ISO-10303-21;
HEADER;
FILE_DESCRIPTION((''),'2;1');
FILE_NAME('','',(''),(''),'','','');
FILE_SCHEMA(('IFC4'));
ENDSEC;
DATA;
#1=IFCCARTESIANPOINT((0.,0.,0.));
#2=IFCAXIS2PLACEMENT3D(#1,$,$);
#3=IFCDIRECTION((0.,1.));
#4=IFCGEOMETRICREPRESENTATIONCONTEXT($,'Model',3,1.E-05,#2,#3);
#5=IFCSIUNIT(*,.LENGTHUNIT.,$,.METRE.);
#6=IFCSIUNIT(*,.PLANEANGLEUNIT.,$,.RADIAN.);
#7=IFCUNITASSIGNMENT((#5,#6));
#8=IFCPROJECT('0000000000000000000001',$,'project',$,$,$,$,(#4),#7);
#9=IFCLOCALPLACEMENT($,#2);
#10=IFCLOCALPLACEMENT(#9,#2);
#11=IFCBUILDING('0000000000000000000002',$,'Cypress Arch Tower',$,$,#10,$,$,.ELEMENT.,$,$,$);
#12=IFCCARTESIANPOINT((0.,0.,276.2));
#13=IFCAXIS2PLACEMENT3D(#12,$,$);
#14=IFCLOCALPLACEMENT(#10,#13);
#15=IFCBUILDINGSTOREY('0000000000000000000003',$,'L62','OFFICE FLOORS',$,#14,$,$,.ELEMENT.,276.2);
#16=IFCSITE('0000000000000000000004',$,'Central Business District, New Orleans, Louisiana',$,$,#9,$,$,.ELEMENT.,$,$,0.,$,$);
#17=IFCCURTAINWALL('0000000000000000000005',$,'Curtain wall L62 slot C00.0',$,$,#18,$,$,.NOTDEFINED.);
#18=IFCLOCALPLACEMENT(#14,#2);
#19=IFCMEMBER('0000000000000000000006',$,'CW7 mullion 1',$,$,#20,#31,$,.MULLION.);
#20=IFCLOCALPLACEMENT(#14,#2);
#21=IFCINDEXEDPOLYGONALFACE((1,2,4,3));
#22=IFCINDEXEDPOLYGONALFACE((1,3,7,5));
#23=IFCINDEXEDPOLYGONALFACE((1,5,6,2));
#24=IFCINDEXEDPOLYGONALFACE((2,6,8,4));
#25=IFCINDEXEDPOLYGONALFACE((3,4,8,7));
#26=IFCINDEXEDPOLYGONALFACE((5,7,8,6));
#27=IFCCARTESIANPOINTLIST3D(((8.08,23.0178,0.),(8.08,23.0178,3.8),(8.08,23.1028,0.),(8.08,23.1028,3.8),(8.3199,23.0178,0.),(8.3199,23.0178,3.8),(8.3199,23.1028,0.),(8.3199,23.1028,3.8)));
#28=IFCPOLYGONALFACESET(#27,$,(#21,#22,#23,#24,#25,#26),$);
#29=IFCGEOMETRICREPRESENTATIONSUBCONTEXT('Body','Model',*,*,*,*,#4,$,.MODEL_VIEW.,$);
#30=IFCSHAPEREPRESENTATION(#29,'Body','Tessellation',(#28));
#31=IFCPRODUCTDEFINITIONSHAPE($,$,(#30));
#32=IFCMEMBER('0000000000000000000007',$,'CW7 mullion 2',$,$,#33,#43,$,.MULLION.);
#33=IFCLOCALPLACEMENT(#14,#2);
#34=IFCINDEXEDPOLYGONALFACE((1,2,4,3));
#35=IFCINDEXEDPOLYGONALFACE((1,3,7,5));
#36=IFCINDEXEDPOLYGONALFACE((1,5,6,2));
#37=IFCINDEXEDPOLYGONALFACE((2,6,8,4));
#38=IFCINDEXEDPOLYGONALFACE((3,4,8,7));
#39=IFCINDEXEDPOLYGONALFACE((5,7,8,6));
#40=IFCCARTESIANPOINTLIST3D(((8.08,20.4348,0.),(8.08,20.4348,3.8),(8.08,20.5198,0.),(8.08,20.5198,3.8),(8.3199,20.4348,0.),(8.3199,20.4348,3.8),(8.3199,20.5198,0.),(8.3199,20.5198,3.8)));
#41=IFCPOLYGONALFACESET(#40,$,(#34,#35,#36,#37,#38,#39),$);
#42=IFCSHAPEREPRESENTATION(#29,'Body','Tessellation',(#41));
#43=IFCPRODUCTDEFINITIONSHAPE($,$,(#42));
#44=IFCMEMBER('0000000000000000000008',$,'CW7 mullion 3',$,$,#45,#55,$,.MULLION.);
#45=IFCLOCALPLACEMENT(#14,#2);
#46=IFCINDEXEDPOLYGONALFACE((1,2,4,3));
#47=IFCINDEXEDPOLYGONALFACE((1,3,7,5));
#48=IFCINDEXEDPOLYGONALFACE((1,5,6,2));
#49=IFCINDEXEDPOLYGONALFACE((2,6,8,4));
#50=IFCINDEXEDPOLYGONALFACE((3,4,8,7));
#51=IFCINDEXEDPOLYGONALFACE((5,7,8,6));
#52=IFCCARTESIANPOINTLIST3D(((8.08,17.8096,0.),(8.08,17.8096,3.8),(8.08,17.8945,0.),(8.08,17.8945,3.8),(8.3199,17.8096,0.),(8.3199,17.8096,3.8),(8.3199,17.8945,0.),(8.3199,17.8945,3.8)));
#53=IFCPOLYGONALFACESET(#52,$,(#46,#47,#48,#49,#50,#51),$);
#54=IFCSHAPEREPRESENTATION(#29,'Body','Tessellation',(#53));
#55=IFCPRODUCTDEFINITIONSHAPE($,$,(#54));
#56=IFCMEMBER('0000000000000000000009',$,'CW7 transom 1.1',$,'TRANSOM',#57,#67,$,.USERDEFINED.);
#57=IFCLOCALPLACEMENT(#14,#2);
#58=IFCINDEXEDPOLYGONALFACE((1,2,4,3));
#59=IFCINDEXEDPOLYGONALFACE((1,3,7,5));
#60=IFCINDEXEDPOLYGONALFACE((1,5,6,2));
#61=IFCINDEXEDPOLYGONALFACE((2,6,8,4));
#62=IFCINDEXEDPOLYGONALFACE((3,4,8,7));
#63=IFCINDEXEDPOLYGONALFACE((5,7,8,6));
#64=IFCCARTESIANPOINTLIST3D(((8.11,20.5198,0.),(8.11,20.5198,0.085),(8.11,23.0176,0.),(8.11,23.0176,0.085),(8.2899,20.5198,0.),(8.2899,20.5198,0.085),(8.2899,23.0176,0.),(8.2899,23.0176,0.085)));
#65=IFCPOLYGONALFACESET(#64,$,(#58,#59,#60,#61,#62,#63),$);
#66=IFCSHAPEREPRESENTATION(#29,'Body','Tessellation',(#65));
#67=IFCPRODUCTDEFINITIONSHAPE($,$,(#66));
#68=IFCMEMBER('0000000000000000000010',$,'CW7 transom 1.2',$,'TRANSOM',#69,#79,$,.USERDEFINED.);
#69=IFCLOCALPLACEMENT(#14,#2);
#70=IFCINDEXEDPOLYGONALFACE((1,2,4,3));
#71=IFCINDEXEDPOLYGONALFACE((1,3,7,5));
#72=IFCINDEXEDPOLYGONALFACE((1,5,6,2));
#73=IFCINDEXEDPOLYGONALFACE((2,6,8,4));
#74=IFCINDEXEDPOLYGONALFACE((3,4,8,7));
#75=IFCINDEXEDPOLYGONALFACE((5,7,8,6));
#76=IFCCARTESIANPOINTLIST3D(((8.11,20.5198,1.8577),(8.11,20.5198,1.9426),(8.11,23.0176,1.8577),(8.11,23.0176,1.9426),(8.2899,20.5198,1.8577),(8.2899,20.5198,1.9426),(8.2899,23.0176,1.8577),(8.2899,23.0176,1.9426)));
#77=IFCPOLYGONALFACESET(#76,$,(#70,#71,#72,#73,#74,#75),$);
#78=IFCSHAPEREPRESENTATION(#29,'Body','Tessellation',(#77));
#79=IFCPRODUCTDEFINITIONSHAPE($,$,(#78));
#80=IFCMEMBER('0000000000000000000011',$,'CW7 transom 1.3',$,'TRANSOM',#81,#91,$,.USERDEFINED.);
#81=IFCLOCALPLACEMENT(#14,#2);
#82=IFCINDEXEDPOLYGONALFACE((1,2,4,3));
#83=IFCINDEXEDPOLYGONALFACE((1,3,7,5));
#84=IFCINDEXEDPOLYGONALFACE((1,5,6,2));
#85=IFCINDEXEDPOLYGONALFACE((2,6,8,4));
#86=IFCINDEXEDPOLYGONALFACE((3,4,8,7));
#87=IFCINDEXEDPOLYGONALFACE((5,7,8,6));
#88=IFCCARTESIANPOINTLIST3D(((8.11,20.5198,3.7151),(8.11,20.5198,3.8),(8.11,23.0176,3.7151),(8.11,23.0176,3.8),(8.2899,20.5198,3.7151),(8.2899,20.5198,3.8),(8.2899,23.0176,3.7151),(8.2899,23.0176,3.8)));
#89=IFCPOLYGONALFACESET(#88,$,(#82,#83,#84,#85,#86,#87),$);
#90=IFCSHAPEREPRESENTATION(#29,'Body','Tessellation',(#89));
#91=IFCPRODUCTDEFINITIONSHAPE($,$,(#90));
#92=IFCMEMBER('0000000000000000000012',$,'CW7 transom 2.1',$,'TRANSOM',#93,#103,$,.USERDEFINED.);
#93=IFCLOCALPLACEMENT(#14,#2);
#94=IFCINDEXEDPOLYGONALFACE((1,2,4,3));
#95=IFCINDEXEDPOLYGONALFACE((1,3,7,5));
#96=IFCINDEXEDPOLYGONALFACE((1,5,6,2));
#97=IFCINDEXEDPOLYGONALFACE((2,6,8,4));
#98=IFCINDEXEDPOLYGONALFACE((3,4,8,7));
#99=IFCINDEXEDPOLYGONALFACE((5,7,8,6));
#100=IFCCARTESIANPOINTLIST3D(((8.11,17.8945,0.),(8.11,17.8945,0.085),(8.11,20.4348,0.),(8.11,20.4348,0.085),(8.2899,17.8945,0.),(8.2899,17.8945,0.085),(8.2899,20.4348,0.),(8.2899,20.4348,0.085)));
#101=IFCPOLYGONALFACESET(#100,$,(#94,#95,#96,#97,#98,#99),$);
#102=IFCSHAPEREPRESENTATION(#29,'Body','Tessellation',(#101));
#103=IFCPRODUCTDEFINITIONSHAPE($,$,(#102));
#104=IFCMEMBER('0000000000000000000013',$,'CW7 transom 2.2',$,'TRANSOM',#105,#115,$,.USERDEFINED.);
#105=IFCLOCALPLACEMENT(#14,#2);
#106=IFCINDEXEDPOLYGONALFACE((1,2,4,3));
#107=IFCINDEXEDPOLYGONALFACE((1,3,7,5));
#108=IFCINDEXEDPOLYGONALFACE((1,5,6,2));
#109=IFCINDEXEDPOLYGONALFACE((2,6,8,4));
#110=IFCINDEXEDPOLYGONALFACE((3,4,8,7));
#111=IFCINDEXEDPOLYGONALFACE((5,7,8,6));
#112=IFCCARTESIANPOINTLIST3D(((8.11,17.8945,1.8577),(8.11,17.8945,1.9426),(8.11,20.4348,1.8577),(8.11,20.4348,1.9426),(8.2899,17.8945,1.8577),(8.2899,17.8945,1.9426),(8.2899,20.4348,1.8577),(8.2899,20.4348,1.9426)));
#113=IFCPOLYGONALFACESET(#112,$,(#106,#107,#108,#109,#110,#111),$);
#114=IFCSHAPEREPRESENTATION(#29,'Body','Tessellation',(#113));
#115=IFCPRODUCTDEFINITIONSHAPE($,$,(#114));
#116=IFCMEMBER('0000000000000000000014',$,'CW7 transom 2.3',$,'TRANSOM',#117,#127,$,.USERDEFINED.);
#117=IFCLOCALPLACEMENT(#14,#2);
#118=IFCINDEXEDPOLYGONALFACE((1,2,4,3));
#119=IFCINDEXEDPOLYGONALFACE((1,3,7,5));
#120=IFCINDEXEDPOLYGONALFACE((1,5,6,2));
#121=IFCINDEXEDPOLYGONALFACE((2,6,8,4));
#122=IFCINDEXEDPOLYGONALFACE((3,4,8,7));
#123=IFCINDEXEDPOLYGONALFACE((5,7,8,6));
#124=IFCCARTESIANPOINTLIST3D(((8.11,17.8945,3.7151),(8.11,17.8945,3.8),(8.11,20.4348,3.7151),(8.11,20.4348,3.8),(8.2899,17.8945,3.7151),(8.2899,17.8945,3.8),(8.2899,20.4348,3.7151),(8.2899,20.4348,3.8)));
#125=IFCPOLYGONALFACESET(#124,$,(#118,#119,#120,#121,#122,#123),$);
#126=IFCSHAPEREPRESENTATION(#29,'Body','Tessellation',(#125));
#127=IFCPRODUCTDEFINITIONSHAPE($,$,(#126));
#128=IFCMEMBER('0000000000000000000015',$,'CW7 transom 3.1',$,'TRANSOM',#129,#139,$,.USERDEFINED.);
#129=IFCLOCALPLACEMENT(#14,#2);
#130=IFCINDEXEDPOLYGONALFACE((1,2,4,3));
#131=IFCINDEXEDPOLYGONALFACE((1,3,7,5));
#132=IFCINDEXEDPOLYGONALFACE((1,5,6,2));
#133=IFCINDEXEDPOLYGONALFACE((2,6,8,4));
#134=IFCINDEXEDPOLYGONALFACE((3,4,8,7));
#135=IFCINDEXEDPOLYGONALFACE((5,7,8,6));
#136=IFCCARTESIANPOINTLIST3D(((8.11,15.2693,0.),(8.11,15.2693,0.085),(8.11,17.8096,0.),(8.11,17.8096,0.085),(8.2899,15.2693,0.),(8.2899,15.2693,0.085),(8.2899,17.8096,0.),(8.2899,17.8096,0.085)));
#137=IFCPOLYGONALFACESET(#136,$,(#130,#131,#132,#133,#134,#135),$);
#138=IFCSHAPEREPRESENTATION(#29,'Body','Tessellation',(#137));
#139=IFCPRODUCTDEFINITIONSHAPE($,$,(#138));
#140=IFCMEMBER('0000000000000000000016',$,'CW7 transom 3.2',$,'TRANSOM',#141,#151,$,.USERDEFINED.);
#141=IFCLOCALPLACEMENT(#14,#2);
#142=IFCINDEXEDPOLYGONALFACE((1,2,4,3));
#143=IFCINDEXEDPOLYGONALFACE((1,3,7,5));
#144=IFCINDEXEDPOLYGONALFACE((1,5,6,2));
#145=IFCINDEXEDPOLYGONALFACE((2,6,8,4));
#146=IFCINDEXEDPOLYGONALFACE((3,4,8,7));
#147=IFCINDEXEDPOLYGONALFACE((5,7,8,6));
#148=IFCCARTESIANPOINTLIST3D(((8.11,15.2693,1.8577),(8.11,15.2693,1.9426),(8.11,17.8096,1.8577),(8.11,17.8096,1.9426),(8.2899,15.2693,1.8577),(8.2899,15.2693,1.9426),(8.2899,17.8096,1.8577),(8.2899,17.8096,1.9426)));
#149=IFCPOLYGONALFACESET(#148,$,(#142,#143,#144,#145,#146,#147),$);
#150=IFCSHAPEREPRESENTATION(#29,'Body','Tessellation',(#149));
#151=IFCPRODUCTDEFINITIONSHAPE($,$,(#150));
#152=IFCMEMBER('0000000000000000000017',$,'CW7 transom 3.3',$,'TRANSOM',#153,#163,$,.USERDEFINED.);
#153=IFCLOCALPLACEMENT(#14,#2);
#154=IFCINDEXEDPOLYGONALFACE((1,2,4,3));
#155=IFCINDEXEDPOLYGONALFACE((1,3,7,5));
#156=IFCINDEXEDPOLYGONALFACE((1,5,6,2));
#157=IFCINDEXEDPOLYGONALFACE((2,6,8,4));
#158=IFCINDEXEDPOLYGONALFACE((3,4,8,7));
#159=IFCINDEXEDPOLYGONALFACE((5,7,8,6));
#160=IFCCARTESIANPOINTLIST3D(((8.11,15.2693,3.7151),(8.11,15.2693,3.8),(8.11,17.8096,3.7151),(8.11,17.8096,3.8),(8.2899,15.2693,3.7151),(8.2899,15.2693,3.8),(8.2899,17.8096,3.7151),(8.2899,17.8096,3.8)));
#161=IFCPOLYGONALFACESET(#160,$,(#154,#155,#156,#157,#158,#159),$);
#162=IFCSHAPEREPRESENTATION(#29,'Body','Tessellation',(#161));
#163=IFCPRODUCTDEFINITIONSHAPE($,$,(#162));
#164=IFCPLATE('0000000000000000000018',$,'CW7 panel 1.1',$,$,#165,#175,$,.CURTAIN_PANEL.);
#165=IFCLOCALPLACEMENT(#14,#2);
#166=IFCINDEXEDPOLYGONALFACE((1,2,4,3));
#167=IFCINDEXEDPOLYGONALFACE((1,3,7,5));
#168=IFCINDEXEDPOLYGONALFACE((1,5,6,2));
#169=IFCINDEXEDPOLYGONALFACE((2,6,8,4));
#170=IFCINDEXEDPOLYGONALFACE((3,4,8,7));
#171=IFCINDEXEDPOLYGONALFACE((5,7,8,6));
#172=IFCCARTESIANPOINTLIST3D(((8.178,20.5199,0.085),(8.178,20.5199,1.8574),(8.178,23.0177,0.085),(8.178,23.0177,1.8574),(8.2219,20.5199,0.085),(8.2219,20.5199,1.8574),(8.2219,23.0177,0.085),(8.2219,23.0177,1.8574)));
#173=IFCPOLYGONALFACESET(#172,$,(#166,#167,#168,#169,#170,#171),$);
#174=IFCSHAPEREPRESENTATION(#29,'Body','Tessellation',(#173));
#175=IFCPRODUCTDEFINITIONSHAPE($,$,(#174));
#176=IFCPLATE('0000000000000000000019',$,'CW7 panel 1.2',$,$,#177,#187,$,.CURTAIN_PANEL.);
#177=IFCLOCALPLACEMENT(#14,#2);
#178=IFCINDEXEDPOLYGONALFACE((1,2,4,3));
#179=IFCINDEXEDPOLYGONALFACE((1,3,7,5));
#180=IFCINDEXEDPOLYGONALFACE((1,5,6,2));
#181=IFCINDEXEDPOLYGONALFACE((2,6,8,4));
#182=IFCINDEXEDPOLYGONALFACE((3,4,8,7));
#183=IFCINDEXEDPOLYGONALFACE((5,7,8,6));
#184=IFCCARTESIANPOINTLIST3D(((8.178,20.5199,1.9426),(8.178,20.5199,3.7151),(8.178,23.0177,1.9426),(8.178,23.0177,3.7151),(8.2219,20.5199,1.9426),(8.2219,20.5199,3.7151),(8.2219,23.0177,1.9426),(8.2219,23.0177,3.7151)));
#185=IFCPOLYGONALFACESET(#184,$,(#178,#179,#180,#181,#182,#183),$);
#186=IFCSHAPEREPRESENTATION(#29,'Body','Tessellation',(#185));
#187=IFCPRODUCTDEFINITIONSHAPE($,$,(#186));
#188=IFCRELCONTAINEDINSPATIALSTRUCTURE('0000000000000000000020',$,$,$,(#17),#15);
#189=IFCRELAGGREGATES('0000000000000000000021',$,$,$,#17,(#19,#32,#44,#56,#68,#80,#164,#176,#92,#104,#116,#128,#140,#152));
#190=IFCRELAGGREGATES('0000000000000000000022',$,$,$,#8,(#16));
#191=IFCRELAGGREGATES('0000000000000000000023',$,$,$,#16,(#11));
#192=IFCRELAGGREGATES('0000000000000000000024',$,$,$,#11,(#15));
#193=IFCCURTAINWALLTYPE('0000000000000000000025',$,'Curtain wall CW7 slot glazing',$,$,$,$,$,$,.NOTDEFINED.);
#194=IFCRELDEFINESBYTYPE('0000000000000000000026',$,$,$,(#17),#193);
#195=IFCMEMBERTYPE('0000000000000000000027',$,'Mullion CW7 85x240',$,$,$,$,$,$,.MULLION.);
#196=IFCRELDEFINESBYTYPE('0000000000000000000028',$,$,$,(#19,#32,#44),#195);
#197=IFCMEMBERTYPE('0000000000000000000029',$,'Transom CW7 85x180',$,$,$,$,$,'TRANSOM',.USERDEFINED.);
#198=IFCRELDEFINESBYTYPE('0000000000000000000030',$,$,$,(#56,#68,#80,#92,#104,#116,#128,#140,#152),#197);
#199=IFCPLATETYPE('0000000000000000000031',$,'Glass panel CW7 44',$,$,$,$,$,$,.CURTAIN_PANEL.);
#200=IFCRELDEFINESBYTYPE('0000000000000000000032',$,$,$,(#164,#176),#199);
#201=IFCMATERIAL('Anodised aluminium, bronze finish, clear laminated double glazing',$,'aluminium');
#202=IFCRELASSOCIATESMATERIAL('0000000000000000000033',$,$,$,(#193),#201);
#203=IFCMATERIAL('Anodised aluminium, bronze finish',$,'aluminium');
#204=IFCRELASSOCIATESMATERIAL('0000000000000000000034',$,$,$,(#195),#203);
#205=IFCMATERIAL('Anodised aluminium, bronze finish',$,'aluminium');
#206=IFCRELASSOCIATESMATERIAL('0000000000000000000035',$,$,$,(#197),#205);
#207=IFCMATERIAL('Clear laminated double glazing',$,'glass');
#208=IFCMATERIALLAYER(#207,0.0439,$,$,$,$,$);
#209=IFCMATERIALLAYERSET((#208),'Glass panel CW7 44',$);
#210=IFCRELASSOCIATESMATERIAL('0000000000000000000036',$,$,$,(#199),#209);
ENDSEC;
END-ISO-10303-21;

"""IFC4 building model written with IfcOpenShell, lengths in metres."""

from ifc_helpers import new_model, si_unit, direction, frame, origin, origin_2d, place, context, subcontext, project, spatial, rectangle, extrude, material, layer, layer_set, material_profile, profile_set, type_object, element, aggregate, save


model = new_model("IFC4")

# Units and contexts
model_context = context("Model", 3, precision=1e-05, world=origin(), true_north=direction((0.0, 1.0)))
body_context = subcontext(model_context, "Body", "Model", "MODEL_VIEW")
ifc_project = project(units=[si_unit("LENGTHUNIT", "METRE"), si_unit("PLANEANGLEUNIT", "RADIAN")], contexts=[model_context])

# Site, building, storey
site_placement = place(None, origin())
site = spatial("IfcSite", under=ifc_project, at=site_placement, Name="Central Business District, New Orleans, Louisiana", CompositionType="ELEMENT", RefElevation=0.0)
building_placement = place(site_placement, origin())
building = spatial("IfcBuilding", under=site, at=building_placement, Name="Cypress Arch Tower", CompositionType="ELEMENT")
storey_placement = place(building_placement, frame((0.0, 0.0, 276.2)))
storey = spatial("IfcBuildingStorey", under=building, at=storey_placement, Name="L62", Description="OFFICE FLOORS", CompositionType="ELEMENT", Elevation=276.2)

# Curtain wall, members, plates
ifc_material_1 = material(Name="Anodised aluminium, bronze finish, clear laminated double glazing", Category="aluminium")
curtain_wall_type = type_object("IfcCurtainWallType", Name="Curtain wall CW7 slot glazing", PredefinedType="NOTDEFINED", material=ifc_material_1)
curtain_wall_placement = place(storey_placement, origin())
curtain_wall = element("IfcCurtainWall", 1, at=curtain_wall_placement, inside=storey, type_object=curtain_wall_type, Name="Curtain wall L62 slot C00.0", PredefinedType="NOTDEFINED")
ifc_material_2 = material(Name="Anodised aluminium, bronze finish", Category="aluminium")
ifc_material_profile_1 = material_profile(ifc_material_2, rectangle(XDim=0.24, YDim=0.085, at=origin_2d()), Name="Mullion 85x240")
ifc_profile_set_1 = profile_set([ifc_material_profile_1], Name="Anodised aluminium, bronze finish")
member_type_1 = type_object("IfcMemberType", Name="Mullion CW7 85x240", PredefinedType="MULLION", material=ifc_profile_set_1)
member_1_placement = place(storey_placement, frame((8.2, 23.0603, 0.0), z_axis=(0.0, 0.0, 1.0), x_axis=(1.0, 0.0, 0.0)))
member_1 = element("IfcMember", 2, at=member_1_placement, type_object=member_type_1, Name="CW7 mullion 1", PredefinedType="MULLION", context=body_context, shape_type="SweptSolid", body=[
    extrude(rectangle(XDim=0.24, YDim=0.085, at=origin_2d()), origin(), (0.0, 0.0, 1.0), 3.8),
])
member_2_placement = place(storey_placement, frame((8.2, 20.4773, 0.0), z_axis=(0.0, 0.0, 1.0), x_axis=(1.0, 0.0, 0.0)))
member_2 = element("IfcMember", 3, at=member_2_placement, type_object=member_type_1, Name="CW7 mullion 2", PredefinedType="MULLION", context=body_context, shape_type="SweptSolid", body=[
    extrude(rectangle(XDim=0.24, YDim=0.085, at=origin_2d()), origin(), (0.0, 0.0, 1.0), 3.8),
])
member_3_placement = place(storey_placement, frame((8.2, 17.8521, 0.0), z_axis=(0.0, 0.0, 1.0), x_axis=(1.0, 0.0, 0.0)))
member_3 = element("IfcMember", 4, at=member_3_placement, type_object=member_type_1, Name="CW7 mullion 3", PredefinedType="MULLION", context=body_context, shape_type="SweptSolid", body=[
    extrude(rectangle(XDim=0.24, YDim=0.085, at=origin_2d()), origin(), (0.0, 0.0, 1.0), 3.8),
])
ifc_material_3 = material(Name="Anodised aluminium, bronze finish", Category="aluminium")
ifc_material_profile_2 = material_profile(ifc_material_3, rectangle(XDim=0.1799, YDim=0.085, at=origin_2d()), Name="Transom 85x180")
ifc_profile_set_2 = profile_set([ifc_material_profile_2], Name="Anodised aluminium, bronze finish")
member_type_2 = type_object("IfcMemberType", Name="Transom CW7 85x180", ElementType="TRANSOM", PredefinedType="USERDEFINED", material=ifc_profile_set_2)
member_4_placement = place(storey_placement, frame((8.2, 23.0176, 0.0425), z_axis=(0.0, -1.0, 0.0), x_axis=(1.0, 0.0, 0.0)))
member_4 = element("IfcMember", 5, at=member_4_placement, type_object=member_type_2, Name="CW7 transom 1.1", ObjectType="TRANSOM", PredefinedType="USERDEFINED", context=body_context, shape_type="SweptSolid", body=[
    extrude(rectangle(XDim=0.1799, YDim=0.085, at=origin_2d()), origin(), (0.0, 0.0, 1.0), 2.4978),
])
member_5_placement = place(storey_placement, frame((8.2, 23.0176, 1.9001), z_axis=(0.0, -1.0, 0.0), x_axis=(1.0, 0.0, 0.0)))
member_5 = element("IfcMember", 6, at=member_5_placement, type_object=member_type_2, Name="CW7 transom 1.2", ObjectType="TRANSOM", PredefinedType="USERDEFINED", context=body_context, shape_type="SweptSolid", body=[
    extrude(rectangle(XDim=0.1799, YDim=0.085, at=origin_2d()), origin(), (0.0, 0.0, 1.0), 2.4978),
])
member_6_placement = place(storey_placement, frame((8.2, 23.0176, 3.7576), z_axis=(0.0, -1.0, 0.0), x_axis=(1.0, 0.0, 0.0)))
member_6 = element("IfcMember", 7, at=member_6_placement, type_object=member_type_2, Name="CW7 transom 1.3", ObjectType="TRANSOM", PredefinedType="USERDEFINED", context=body_context, shape_type="SweptSolid", body=[
    extrude(rectangle(XDim=0.1799, YDim=0.085, at=origin_2d()), origin(), (0.0, 0.0, 1.0), 2.4978),
])
member_7_placement = place(storey_placement, frame((8.2, 20.4348, 0.0425), z_axis=(0.0, -1.0, 0.0), x_axis=(1.0, 0.0, 0.0)))
member_7 = element("IfcMember", 8, at=member_7_placement, type_object=member_type_2, Name="CW7 transom 2.1", ObjectType="TRANSOM", PredefinedType="USERDEFINED", context=body_context, shape_type="SweptSolid", body=[
    extrude(rectangle(XDim=0.1799, YDim=0.085, at=origin_2d()), origin(), (0.0, 0.0, 1.0), 2.5403),
])
member_8_placement = place(storey_placement, frame((8.2, 20.4348, 1.9001), z_axis=(0.0, -1.0, 0.0), x_axis=(1.0, 0.0, 0.0)))
member_8 = element("IfcMember", 9, at=member_8_placement, type_object=member_type_2, Name="CW7 transom 2.2", ObjectType="TRANSOM", PredefinedType="USERDEFINED", context=body_context, shape_type="SweptSolid", body=[
    extrude(rectangle(XDim=0.1799, YDim=0.085, at=origin_2d()), origin(), (0.0, 0.0, 1.0), 2.5403),
])
member_9_placement = place(storey_placement, frame((8.2, 20.4348, 3.7576), z_axis=(0.0, -1.0, 0.0), x_axis=(1.0, 0.0, 0.0)))
member_9 = element("IfcMember", 10, at=member_9_placement, type_object=member_type_2, Name="CW7 transom 2.3", ObjectType="TRANSOM", PredefinedType="USERDEFINED", context=body_context, shape_type="SweptSolid", body=[
    extrude(rectangle(XDim=0.1799, YDim=0.085, at=origin_2d()), origin(), (0.0, 0.0, 1.0), 2.5403),
])
member_10_placement = place(storey_placement, frame((8.2, 17.8096, 0.0425), z_axis=(0.0, -1.0, 0.0), x_axis=(1.0, 0.0, 0.0)))
member_10 = element("IfcMember", 11, at=member_10_placement, type_object=member_type_2, Name="CW7 transom 3.1", ObjectType="TRANSOM", PredefinedType="USERDEFINED", context=body_context, shape_type="SweptSolid", body=[
    extrude(rectangle(XDim=0.1799, YDim=0.085, at=origin_2d()), origin(), (0.0, 0.0, 1.0), 2.5403),
])
member_11_placement = place(storey_placement, frame((8.2, 17.8096, 1.9001), z_axis=(0.0, -1.0, 0.0), x_axis=(1.0, 0.0, 0.0)))
member_11 = element("IfcMember", 12, at=member_11_placement, type_object=member_type_2, Name="CW7 transom 3.2", ObjectType="TRANSOM", PredefinedType="USERDEFINED", context=body_context, shape_type="SweptSolid", body=[
    extrude(rectangle(XDim=0.1799, YDim=0.085, at=origin_2d()), origin(), (0.0, 0.0, 1.0), 2.5403),
])
member_12_placement = place(storey_placement, frame((8.2, 17.8096, 3.7576), z_axis=(0.0, -1.0, 0.0), x_axis=(1.0, 0.0, 0.0)))
member_12 = element("IfcMember", 13, at=member_12_placement, type_object=member_type_2, Name="CW7 transom 3.3", ObjectType="TRANSOM", PredefinedType="USERDEFINED", context=body_context, shape_type="SweptSolid", body=[
    extrude(rectangle(XDim=0.1799, YDim=0.085, at=origin_2d()), origin(), (0.0, 0.0, 1.0), 2.5403),
])
ifc_material_4 = material(Name="Clear laminated double glazing", Category="glass")
ifc_layer = layer(ifc_material_4, 0.0439)
ifc_layer_set = layer_set([ifc_layer], Name="Glass panel CW7 44")
plate_type = type_object("IfcPlateType", Name="Glass panel CW7 44", PredefinedType="CURTAIN_PANEL", material=ifc_layer_set)
plate_1_placement = place(storey_placement, frame((8.2, 21.7688, 0.085), z_axis=(0.0, 0.0, 1.0), x_axis=(0.0, -1.0, 0.0)))
plate_1 = element("IfcPlate", 14, at=plate_1_placement, type_object=plate_type, Name="CW7 panel 1.1", PredefinedType="CURTAIN_PANEL", context=body_context, shape_type="SweptSolid", body=[
    extrude(rectangle(XDim=2.4978, YDim=0.0439, at=origin_2d()), origin(), (0.0, 0.0, 1.0), 1.7725),
])
plate_2_placement = place(storey_placement, frame((8.2, 21.7688, 1.9426), z_axis=(0.0, 0.0, 1.0), x_axis=(0.0, -1.0, 0.0)))
plate_2 = element("IfcPlate", 15, at=plate_2_placement, type_object=plate_type, Name="CW7 panel 1.2", PredefinedType="CURTAIN_PANEL", context=body_context, shape_type="SweptSolid", body=[
    extrude(rectangle(XDim=2.4978, YDim=0.0439, at=origin_2d()), origin(), (0.0, 0.0, 1.0), 1.7725),
])
aggregate(curtain_wall, [member_1, member_2, member_3, member_4, member_5, member_6, plate_1, plate_2, member_7, member_8, member_9, member_10, member_11, member_12])

save(model, "model.ifc")
